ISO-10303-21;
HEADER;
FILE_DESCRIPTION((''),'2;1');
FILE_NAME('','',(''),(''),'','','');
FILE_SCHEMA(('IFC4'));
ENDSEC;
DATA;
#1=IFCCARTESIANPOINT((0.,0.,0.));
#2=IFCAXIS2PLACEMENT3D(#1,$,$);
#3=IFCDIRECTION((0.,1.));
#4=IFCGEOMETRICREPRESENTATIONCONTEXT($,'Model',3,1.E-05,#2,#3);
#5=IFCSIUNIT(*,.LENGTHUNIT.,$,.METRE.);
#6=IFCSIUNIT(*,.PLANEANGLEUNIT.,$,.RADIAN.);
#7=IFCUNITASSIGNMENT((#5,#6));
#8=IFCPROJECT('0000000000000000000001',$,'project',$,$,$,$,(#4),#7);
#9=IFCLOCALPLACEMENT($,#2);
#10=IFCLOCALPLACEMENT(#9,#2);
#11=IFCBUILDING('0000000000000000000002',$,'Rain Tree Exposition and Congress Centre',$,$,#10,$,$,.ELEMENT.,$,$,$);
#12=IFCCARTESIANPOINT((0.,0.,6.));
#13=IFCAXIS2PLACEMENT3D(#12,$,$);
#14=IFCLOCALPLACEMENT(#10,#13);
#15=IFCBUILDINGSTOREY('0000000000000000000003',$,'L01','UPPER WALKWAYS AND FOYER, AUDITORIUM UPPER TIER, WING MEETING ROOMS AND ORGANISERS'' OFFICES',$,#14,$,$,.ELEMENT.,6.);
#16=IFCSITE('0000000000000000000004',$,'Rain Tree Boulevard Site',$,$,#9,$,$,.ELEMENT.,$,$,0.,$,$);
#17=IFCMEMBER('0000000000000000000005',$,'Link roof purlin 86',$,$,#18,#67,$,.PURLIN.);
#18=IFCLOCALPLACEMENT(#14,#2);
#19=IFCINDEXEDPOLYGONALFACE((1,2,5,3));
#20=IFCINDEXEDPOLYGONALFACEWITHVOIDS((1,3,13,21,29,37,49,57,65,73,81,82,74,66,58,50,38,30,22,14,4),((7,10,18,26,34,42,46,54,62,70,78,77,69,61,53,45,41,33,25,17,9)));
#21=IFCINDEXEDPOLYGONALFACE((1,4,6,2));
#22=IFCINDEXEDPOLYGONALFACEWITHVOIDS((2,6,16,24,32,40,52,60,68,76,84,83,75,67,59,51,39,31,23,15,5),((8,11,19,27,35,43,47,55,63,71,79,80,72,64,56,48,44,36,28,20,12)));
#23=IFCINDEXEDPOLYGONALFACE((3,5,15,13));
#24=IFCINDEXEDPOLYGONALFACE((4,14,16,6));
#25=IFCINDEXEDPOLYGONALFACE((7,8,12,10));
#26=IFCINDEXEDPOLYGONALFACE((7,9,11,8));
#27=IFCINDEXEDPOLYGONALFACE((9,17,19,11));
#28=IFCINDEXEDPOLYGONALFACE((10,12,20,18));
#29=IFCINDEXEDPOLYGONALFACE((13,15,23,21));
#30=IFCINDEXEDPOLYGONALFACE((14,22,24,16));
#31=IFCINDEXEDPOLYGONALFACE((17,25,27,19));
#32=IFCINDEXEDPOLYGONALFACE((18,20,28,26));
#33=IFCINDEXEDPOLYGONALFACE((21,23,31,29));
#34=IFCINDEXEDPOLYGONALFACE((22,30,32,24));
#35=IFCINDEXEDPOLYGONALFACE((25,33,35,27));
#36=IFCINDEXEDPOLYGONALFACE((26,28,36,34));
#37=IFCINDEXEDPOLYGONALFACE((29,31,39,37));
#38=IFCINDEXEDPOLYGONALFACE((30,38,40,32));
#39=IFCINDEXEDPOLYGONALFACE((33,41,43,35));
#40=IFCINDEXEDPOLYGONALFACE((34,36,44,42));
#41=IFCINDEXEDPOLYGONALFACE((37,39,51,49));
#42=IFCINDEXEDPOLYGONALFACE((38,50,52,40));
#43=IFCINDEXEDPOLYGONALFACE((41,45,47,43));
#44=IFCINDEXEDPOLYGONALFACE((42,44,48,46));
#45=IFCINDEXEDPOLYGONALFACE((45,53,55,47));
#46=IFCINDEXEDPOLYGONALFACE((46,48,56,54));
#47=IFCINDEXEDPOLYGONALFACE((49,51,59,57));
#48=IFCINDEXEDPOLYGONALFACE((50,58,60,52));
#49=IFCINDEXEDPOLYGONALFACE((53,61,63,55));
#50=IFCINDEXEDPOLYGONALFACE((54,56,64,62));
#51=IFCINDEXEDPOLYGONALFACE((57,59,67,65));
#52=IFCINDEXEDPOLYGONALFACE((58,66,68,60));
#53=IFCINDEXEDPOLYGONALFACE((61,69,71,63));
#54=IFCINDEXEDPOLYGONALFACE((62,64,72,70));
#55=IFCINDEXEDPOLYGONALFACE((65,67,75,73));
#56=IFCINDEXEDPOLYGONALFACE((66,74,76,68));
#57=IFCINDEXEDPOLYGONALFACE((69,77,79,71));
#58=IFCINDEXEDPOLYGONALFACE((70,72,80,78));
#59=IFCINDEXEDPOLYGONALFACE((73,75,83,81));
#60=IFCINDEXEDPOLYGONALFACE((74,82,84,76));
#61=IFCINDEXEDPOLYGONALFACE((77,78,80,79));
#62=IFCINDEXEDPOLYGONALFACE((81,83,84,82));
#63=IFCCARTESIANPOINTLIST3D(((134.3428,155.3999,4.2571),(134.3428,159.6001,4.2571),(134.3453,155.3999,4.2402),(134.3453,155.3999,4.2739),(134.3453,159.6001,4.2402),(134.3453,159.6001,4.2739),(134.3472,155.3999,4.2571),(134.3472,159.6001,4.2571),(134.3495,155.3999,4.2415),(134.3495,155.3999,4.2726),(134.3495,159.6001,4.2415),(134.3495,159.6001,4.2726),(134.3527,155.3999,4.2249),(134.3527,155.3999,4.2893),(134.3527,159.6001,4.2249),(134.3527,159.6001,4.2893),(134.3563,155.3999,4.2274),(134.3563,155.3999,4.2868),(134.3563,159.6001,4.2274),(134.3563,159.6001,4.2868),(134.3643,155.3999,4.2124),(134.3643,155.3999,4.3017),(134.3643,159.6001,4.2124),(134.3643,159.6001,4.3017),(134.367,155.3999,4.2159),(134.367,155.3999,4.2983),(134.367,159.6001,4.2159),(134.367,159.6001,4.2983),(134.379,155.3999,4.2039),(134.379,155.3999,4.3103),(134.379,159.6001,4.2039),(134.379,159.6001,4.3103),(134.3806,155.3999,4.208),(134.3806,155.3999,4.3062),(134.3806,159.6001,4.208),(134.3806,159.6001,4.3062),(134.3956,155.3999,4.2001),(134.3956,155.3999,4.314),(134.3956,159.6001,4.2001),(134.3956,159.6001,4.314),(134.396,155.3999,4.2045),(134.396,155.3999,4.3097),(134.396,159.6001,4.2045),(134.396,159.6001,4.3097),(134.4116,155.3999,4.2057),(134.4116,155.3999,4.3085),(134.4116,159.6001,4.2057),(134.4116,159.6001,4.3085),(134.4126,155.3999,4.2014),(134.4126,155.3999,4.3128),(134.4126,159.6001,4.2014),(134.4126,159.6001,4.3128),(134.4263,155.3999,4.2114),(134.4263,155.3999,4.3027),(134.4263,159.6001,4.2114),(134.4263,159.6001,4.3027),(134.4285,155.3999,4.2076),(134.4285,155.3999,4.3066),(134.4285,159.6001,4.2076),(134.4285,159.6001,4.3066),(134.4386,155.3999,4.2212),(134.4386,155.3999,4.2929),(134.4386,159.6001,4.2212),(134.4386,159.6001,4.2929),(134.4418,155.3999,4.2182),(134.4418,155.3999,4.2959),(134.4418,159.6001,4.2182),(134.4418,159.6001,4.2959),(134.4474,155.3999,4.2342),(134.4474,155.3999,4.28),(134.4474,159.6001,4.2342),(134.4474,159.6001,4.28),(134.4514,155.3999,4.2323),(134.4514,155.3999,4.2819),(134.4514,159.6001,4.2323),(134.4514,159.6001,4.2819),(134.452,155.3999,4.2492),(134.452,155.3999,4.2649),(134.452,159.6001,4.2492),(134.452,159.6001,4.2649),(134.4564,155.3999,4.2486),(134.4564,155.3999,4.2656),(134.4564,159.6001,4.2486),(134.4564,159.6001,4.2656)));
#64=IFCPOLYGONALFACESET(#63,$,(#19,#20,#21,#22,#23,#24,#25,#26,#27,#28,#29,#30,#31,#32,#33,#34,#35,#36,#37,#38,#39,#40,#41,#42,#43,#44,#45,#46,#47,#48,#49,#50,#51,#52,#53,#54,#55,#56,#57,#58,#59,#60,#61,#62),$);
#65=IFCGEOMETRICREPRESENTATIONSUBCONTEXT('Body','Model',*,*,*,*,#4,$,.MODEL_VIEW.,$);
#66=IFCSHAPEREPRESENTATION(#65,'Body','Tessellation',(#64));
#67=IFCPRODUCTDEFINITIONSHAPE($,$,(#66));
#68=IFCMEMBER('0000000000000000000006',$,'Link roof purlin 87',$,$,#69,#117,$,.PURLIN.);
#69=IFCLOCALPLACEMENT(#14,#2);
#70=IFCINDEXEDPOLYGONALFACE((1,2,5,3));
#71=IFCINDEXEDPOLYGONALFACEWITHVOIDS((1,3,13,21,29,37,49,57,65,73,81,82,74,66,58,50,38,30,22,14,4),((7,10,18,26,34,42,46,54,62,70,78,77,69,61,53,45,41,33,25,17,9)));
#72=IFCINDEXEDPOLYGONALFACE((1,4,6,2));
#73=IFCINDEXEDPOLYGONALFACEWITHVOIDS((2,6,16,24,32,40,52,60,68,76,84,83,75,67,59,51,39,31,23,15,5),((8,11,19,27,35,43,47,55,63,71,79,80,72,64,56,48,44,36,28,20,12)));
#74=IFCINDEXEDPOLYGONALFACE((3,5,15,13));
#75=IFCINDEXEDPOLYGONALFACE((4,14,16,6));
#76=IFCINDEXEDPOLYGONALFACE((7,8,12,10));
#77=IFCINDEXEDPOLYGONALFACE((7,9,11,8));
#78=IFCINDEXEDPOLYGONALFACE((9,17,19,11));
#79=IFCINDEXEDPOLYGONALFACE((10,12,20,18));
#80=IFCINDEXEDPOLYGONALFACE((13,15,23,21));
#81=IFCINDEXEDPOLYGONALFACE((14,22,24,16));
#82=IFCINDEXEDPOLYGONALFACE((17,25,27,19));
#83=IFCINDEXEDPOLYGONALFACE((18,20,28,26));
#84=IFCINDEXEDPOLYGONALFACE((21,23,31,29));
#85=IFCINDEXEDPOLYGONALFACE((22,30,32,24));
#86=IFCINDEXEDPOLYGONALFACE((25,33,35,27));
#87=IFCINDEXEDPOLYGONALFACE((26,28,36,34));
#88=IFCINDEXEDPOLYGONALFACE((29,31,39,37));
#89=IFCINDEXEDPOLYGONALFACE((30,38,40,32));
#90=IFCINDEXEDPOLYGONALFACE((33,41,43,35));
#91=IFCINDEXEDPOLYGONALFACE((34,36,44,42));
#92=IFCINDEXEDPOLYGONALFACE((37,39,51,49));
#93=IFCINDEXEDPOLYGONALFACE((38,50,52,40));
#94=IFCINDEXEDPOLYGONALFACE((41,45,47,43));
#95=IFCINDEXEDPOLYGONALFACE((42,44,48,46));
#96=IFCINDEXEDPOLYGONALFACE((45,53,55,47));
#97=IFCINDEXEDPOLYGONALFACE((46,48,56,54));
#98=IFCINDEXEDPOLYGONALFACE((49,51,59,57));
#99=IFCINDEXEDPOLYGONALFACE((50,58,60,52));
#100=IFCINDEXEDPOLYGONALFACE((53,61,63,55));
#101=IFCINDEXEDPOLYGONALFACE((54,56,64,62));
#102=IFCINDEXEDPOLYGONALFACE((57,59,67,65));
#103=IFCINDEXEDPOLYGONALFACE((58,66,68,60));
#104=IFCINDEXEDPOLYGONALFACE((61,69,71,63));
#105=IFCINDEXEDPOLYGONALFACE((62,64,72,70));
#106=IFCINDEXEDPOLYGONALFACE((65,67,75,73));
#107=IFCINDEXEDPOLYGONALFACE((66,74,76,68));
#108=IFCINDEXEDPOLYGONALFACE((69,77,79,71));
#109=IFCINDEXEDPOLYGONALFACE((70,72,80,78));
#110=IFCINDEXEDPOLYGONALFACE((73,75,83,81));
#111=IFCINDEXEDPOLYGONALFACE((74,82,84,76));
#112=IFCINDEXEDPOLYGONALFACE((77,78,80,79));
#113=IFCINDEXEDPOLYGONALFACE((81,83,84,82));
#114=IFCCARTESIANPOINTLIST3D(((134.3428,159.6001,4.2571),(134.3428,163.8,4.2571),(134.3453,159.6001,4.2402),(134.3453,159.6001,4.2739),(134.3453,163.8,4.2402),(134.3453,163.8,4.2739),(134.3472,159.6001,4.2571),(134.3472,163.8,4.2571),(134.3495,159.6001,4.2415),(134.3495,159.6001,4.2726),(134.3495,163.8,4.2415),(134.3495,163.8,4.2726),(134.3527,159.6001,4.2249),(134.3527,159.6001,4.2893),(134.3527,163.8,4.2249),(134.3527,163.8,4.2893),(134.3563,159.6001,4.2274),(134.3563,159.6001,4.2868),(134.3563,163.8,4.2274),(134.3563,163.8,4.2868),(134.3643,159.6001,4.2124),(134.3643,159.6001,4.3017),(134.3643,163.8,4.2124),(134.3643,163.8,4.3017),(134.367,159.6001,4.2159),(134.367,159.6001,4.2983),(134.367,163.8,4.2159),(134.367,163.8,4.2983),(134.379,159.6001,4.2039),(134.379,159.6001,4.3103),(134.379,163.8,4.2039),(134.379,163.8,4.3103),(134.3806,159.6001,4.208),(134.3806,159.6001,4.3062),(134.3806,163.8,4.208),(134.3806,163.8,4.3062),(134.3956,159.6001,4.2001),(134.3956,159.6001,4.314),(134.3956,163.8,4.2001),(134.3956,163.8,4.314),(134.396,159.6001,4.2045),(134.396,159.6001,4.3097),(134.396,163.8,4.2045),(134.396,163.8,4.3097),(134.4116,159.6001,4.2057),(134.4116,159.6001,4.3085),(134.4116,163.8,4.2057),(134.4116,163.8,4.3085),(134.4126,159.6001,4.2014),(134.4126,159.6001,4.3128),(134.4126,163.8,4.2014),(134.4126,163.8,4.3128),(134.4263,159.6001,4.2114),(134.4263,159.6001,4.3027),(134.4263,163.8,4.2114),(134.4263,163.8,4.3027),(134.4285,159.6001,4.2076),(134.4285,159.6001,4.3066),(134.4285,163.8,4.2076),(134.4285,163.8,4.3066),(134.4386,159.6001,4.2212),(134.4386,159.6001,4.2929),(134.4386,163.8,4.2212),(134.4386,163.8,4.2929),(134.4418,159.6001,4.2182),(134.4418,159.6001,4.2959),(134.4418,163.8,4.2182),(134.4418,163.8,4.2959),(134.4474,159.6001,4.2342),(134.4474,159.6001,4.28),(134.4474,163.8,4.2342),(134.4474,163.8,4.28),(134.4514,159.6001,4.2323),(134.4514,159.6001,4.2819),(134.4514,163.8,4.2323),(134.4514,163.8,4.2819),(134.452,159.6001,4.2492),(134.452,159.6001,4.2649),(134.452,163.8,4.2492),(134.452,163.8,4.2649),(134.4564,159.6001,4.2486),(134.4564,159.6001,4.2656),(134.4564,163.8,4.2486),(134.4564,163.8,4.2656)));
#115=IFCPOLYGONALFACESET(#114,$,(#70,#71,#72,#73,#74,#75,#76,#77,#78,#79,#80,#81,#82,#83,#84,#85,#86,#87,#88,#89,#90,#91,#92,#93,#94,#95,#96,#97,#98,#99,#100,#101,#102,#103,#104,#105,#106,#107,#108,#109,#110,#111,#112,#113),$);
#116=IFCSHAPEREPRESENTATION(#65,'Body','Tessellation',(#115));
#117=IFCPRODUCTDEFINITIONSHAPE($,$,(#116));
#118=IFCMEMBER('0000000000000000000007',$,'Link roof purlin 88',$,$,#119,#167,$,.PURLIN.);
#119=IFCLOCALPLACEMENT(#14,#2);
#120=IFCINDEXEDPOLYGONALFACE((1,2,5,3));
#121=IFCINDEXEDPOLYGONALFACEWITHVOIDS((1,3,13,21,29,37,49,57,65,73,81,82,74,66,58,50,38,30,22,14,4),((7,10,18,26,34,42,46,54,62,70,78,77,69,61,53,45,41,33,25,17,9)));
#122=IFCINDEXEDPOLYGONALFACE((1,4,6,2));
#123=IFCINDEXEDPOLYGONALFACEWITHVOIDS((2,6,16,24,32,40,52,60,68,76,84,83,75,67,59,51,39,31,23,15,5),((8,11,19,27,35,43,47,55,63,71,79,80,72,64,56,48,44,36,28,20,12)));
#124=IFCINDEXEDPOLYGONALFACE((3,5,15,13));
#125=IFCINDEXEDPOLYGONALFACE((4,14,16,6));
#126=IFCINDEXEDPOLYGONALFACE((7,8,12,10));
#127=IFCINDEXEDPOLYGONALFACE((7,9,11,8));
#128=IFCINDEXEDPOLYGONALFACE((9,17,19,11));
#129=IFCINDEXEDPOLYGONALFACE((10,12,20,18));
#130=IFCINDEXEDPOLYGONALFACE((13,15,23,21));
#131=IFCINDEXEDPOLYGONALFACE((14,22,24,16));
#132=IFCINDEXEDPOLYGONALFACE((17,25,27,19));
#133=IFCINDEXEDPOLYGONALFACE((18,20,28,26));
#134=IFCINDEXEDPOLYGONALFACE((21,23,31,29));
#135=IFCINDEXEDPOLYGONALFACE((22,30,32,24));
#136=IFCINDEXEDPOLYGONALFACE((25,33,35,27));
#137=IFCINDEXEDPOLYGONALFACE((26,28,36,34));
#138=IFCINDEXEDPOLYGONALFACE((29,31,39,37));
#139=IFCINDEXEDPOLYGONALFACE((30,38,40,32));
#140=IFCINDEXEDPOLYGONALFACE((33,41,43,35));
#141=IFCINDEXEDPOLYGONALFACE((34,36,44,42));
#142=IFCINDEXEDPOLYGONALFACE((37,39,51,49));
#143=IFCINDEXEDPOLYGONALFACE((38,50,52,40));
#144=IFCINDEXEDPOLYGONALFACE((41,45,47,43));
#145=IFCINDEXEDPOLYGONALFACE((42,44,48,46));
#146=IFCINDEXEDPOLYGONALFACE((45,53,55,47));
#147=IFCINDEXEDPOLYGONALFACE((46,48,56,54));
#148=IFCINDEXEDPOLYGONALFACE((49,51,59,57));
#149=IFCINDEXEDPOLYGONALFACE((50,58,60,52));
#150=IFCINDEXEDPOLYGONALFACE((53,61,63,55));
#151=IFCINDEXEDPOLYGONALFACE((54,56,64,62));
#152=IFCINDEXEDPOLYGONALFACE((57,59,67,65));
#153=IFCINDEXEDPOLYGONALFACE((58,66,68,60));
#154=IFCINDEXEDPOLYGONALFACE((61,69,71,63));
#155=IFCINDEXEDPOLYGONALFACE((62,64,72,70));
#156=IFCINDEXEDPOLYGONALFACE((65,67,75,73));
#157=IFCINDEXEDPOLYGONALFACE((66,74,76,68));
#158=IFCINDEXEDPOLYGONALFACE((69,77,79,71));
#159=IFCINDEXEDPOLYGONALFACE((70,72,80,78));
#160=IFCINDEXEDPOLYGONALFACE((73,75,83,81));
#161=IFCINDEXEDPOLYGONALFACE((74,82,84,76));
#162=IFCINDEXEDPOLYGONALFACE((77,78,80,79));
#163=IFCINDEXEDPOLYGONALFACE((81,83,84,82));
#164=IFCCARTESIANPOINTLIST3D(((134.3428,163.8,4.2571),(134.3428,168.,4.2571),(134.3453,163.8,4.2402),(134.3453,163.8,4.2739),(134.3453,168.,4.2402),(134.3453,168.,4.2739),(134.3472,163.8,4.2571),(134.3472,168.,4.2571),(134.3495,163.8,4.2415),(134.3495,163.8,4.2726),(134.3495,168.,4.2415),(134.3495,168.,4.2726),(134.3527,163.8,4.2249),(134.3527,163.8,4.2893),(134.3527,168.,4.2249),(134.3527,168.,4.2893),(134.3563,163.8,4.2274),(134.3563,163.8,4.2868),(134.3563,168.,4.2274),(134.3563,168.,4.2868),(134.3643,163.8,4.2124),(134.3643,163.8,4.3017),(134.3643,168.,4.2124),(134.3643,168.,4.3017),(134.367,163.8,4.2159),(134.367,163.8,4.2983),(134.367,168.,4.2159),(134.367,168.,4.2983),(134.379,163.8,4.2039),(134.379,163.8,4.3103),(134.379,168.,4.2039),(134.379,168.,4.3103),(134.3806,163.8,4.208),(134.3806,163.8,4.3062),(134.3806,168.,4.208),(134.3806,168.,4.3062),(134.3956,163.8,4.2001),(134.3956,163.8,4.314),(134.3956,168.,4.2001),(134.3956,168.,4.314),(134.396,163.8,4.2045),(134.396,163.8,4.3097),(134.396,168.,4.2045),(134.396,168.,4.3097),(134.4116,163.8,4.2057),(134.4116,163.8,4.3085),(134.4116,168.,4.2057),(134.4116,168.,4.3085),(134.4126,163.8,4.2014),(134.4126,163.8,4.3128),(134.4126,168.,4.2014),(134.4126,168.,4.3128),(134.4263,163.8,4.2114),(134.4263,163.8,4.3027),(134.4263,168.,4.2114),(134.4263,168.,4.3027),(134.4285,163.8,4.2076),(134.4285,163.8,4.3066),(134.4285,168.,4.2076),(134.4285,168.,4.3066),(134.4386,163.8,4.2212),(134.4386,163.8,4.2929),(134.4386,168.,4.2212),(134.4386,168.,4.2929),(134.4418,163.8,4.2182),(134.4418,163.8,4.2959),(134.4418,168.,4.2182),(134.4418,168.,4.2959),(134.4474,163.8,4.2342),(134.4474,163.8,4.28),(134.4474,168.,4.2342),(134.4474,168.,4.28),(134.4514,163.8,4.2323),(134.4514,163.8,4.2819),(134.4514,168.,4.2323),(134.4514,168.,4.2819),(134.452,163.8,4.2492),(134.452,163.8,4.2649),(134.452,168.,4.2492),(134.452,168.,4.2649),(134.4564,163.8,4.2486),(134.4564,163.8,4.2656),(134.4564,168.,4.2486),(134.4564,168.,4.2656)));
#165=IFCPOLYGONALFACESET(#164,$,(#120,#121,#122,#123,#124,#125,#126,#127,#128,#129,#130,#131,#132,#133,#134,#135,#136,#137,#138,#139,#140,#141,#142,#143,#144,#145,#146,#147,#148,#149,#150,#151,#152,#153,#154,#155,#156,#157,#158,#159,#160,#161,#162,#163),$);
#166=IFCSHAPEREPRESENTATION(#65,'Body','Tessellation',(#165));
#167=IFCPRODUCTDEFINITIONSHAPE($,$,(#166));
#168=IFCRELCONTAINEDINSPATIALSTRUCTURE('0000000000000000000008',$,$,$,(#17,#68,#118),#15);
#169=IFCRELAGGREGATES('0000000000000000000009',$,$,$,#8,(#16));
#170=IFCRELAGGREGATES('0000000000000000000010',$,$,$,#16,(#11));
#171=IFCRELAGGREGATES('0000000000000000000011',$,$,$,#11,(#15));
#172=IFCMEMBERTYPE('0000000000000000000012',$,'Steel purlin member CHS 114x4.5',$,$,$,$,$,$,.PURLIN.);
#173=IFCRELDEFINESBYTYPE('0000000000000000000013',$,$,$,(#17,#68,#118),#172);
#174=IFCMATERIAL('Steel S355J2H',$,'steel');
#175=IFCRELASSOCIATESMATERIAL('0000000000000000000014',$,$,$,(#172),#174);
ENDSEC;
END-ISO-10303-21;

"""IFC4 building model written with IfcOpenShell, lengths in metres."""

from ifc_helpers import new_model, si_unit, direction, frame, origin, origin_2d, place, context, subcontext, project, spatial, hollow_circle, extrude, material, material_profile, profile_set, type_object, element, save


model = new_model("IFC4")

# Units and contexts
model_context = context("Model", 3, precision=1e-05, world=origin(), true_north=direction((0.0, 1.0)))
body_context = subcontext(model_context, "Body", "Model", "MODEL_VIEW")
ifc_project = project(units=[si_unit("LENGTHUNIT", "METRE"), si_unit("PLANEANGLEUNIT", "RADIAN")], contexts=[model_context])

# Site, building, storey
site_placement = place(None, origin())
site = spatial("IfcSite", under=ifc_project, at=site_placement, Name="Rain Tree Boulevard Site", CompositionType="ELEMENT", RefElevation=0.0)
building_placement = place(site_placement, origin())
building = spatial("IfcBuilding", under=site, at=building_placement, Name="Rain Tree Exposition and Congress Centre", CompositionType="ELEMENT")
storey_placement = place(building_placement, frame((0.0, 0.0, 6.0)))
storey = spatial("IfcBuildingStorey", under=building, at=storey_placement, Name="L01", Description="UPPER WALKWAYS AND FOYER, AUDITORIUM UPPER TIER, WING MEETING ROOMS AND ORGANISERS' OFFICES", CompositionType="ELEMENT", Elevation=6.0)

# Members
ifc_material_1 = material(Name="Steel S355J2H", Category="steel")
ifc_material_profile_1 = material_profile(ifc_material_1, hollow_circle(Radius=0.0571, WallThickness=0.0044, at=origin_2d()), Name="CHS 114x4.5")
ifc_profile_set_1 = profile_set([ifc_material_profile_1], Name="Steel S355J2H")
member_type = type_object("IfcMemberType", Name="Steel purlin member CHS 114x4.5", PredefinedType="PURLIN", material=ifc_profile_set_1)
member_1_placement = place(storey_placement, frame((134.3999, 155.3999, 4.2571), z_axis=(0.0, 1.0, 0.0), x_axis=(-1.0, 0.0, 0.0)))
element("IfcMember", 1, at=member_1_placement, inside=storey, type_object=member_type, Name="Link roof purlin 86", PredefinedType="PURLIN", context=body_context, shape_type="SweptSolid", body=[
    extrude(hollow_circle(Radius=0.0571, WallThickness=0.0044, at=origin_2d()), origin(), (0.0, 0.0, 1.0), 4.2002),
])
for number, where, z_axis, x_axis, name in (
    (2, (134.3999, 159.6001, 4.2571), (0.0, 1.0, 0.0), (-1.0, 0.0, 0.0), "Link roof purlin 87"),
    (3, (134.3999, 163.8, 4.2571), (0.0, 1.0, 0.0), (-1.0, 0.0, 0.0), "Link roof purlin 88"),
):
    element("IfcMember", number, at=place(storey_placement, frame(where, z_axis=z_axis, x_axis=x_axis)), inside=storey, type_object=member_type, Name=name, PredefinedType="PURLIN", context=body_context, shape_type="SweptSolid", body=[
        extrude(hollow_circle(Radius=0.0571, WallThickness=0.0044, at=origin_2d()), origin(), (0.0, 0.0, 1.0), 4.2),
    ])

save(model, "model.ifc")
